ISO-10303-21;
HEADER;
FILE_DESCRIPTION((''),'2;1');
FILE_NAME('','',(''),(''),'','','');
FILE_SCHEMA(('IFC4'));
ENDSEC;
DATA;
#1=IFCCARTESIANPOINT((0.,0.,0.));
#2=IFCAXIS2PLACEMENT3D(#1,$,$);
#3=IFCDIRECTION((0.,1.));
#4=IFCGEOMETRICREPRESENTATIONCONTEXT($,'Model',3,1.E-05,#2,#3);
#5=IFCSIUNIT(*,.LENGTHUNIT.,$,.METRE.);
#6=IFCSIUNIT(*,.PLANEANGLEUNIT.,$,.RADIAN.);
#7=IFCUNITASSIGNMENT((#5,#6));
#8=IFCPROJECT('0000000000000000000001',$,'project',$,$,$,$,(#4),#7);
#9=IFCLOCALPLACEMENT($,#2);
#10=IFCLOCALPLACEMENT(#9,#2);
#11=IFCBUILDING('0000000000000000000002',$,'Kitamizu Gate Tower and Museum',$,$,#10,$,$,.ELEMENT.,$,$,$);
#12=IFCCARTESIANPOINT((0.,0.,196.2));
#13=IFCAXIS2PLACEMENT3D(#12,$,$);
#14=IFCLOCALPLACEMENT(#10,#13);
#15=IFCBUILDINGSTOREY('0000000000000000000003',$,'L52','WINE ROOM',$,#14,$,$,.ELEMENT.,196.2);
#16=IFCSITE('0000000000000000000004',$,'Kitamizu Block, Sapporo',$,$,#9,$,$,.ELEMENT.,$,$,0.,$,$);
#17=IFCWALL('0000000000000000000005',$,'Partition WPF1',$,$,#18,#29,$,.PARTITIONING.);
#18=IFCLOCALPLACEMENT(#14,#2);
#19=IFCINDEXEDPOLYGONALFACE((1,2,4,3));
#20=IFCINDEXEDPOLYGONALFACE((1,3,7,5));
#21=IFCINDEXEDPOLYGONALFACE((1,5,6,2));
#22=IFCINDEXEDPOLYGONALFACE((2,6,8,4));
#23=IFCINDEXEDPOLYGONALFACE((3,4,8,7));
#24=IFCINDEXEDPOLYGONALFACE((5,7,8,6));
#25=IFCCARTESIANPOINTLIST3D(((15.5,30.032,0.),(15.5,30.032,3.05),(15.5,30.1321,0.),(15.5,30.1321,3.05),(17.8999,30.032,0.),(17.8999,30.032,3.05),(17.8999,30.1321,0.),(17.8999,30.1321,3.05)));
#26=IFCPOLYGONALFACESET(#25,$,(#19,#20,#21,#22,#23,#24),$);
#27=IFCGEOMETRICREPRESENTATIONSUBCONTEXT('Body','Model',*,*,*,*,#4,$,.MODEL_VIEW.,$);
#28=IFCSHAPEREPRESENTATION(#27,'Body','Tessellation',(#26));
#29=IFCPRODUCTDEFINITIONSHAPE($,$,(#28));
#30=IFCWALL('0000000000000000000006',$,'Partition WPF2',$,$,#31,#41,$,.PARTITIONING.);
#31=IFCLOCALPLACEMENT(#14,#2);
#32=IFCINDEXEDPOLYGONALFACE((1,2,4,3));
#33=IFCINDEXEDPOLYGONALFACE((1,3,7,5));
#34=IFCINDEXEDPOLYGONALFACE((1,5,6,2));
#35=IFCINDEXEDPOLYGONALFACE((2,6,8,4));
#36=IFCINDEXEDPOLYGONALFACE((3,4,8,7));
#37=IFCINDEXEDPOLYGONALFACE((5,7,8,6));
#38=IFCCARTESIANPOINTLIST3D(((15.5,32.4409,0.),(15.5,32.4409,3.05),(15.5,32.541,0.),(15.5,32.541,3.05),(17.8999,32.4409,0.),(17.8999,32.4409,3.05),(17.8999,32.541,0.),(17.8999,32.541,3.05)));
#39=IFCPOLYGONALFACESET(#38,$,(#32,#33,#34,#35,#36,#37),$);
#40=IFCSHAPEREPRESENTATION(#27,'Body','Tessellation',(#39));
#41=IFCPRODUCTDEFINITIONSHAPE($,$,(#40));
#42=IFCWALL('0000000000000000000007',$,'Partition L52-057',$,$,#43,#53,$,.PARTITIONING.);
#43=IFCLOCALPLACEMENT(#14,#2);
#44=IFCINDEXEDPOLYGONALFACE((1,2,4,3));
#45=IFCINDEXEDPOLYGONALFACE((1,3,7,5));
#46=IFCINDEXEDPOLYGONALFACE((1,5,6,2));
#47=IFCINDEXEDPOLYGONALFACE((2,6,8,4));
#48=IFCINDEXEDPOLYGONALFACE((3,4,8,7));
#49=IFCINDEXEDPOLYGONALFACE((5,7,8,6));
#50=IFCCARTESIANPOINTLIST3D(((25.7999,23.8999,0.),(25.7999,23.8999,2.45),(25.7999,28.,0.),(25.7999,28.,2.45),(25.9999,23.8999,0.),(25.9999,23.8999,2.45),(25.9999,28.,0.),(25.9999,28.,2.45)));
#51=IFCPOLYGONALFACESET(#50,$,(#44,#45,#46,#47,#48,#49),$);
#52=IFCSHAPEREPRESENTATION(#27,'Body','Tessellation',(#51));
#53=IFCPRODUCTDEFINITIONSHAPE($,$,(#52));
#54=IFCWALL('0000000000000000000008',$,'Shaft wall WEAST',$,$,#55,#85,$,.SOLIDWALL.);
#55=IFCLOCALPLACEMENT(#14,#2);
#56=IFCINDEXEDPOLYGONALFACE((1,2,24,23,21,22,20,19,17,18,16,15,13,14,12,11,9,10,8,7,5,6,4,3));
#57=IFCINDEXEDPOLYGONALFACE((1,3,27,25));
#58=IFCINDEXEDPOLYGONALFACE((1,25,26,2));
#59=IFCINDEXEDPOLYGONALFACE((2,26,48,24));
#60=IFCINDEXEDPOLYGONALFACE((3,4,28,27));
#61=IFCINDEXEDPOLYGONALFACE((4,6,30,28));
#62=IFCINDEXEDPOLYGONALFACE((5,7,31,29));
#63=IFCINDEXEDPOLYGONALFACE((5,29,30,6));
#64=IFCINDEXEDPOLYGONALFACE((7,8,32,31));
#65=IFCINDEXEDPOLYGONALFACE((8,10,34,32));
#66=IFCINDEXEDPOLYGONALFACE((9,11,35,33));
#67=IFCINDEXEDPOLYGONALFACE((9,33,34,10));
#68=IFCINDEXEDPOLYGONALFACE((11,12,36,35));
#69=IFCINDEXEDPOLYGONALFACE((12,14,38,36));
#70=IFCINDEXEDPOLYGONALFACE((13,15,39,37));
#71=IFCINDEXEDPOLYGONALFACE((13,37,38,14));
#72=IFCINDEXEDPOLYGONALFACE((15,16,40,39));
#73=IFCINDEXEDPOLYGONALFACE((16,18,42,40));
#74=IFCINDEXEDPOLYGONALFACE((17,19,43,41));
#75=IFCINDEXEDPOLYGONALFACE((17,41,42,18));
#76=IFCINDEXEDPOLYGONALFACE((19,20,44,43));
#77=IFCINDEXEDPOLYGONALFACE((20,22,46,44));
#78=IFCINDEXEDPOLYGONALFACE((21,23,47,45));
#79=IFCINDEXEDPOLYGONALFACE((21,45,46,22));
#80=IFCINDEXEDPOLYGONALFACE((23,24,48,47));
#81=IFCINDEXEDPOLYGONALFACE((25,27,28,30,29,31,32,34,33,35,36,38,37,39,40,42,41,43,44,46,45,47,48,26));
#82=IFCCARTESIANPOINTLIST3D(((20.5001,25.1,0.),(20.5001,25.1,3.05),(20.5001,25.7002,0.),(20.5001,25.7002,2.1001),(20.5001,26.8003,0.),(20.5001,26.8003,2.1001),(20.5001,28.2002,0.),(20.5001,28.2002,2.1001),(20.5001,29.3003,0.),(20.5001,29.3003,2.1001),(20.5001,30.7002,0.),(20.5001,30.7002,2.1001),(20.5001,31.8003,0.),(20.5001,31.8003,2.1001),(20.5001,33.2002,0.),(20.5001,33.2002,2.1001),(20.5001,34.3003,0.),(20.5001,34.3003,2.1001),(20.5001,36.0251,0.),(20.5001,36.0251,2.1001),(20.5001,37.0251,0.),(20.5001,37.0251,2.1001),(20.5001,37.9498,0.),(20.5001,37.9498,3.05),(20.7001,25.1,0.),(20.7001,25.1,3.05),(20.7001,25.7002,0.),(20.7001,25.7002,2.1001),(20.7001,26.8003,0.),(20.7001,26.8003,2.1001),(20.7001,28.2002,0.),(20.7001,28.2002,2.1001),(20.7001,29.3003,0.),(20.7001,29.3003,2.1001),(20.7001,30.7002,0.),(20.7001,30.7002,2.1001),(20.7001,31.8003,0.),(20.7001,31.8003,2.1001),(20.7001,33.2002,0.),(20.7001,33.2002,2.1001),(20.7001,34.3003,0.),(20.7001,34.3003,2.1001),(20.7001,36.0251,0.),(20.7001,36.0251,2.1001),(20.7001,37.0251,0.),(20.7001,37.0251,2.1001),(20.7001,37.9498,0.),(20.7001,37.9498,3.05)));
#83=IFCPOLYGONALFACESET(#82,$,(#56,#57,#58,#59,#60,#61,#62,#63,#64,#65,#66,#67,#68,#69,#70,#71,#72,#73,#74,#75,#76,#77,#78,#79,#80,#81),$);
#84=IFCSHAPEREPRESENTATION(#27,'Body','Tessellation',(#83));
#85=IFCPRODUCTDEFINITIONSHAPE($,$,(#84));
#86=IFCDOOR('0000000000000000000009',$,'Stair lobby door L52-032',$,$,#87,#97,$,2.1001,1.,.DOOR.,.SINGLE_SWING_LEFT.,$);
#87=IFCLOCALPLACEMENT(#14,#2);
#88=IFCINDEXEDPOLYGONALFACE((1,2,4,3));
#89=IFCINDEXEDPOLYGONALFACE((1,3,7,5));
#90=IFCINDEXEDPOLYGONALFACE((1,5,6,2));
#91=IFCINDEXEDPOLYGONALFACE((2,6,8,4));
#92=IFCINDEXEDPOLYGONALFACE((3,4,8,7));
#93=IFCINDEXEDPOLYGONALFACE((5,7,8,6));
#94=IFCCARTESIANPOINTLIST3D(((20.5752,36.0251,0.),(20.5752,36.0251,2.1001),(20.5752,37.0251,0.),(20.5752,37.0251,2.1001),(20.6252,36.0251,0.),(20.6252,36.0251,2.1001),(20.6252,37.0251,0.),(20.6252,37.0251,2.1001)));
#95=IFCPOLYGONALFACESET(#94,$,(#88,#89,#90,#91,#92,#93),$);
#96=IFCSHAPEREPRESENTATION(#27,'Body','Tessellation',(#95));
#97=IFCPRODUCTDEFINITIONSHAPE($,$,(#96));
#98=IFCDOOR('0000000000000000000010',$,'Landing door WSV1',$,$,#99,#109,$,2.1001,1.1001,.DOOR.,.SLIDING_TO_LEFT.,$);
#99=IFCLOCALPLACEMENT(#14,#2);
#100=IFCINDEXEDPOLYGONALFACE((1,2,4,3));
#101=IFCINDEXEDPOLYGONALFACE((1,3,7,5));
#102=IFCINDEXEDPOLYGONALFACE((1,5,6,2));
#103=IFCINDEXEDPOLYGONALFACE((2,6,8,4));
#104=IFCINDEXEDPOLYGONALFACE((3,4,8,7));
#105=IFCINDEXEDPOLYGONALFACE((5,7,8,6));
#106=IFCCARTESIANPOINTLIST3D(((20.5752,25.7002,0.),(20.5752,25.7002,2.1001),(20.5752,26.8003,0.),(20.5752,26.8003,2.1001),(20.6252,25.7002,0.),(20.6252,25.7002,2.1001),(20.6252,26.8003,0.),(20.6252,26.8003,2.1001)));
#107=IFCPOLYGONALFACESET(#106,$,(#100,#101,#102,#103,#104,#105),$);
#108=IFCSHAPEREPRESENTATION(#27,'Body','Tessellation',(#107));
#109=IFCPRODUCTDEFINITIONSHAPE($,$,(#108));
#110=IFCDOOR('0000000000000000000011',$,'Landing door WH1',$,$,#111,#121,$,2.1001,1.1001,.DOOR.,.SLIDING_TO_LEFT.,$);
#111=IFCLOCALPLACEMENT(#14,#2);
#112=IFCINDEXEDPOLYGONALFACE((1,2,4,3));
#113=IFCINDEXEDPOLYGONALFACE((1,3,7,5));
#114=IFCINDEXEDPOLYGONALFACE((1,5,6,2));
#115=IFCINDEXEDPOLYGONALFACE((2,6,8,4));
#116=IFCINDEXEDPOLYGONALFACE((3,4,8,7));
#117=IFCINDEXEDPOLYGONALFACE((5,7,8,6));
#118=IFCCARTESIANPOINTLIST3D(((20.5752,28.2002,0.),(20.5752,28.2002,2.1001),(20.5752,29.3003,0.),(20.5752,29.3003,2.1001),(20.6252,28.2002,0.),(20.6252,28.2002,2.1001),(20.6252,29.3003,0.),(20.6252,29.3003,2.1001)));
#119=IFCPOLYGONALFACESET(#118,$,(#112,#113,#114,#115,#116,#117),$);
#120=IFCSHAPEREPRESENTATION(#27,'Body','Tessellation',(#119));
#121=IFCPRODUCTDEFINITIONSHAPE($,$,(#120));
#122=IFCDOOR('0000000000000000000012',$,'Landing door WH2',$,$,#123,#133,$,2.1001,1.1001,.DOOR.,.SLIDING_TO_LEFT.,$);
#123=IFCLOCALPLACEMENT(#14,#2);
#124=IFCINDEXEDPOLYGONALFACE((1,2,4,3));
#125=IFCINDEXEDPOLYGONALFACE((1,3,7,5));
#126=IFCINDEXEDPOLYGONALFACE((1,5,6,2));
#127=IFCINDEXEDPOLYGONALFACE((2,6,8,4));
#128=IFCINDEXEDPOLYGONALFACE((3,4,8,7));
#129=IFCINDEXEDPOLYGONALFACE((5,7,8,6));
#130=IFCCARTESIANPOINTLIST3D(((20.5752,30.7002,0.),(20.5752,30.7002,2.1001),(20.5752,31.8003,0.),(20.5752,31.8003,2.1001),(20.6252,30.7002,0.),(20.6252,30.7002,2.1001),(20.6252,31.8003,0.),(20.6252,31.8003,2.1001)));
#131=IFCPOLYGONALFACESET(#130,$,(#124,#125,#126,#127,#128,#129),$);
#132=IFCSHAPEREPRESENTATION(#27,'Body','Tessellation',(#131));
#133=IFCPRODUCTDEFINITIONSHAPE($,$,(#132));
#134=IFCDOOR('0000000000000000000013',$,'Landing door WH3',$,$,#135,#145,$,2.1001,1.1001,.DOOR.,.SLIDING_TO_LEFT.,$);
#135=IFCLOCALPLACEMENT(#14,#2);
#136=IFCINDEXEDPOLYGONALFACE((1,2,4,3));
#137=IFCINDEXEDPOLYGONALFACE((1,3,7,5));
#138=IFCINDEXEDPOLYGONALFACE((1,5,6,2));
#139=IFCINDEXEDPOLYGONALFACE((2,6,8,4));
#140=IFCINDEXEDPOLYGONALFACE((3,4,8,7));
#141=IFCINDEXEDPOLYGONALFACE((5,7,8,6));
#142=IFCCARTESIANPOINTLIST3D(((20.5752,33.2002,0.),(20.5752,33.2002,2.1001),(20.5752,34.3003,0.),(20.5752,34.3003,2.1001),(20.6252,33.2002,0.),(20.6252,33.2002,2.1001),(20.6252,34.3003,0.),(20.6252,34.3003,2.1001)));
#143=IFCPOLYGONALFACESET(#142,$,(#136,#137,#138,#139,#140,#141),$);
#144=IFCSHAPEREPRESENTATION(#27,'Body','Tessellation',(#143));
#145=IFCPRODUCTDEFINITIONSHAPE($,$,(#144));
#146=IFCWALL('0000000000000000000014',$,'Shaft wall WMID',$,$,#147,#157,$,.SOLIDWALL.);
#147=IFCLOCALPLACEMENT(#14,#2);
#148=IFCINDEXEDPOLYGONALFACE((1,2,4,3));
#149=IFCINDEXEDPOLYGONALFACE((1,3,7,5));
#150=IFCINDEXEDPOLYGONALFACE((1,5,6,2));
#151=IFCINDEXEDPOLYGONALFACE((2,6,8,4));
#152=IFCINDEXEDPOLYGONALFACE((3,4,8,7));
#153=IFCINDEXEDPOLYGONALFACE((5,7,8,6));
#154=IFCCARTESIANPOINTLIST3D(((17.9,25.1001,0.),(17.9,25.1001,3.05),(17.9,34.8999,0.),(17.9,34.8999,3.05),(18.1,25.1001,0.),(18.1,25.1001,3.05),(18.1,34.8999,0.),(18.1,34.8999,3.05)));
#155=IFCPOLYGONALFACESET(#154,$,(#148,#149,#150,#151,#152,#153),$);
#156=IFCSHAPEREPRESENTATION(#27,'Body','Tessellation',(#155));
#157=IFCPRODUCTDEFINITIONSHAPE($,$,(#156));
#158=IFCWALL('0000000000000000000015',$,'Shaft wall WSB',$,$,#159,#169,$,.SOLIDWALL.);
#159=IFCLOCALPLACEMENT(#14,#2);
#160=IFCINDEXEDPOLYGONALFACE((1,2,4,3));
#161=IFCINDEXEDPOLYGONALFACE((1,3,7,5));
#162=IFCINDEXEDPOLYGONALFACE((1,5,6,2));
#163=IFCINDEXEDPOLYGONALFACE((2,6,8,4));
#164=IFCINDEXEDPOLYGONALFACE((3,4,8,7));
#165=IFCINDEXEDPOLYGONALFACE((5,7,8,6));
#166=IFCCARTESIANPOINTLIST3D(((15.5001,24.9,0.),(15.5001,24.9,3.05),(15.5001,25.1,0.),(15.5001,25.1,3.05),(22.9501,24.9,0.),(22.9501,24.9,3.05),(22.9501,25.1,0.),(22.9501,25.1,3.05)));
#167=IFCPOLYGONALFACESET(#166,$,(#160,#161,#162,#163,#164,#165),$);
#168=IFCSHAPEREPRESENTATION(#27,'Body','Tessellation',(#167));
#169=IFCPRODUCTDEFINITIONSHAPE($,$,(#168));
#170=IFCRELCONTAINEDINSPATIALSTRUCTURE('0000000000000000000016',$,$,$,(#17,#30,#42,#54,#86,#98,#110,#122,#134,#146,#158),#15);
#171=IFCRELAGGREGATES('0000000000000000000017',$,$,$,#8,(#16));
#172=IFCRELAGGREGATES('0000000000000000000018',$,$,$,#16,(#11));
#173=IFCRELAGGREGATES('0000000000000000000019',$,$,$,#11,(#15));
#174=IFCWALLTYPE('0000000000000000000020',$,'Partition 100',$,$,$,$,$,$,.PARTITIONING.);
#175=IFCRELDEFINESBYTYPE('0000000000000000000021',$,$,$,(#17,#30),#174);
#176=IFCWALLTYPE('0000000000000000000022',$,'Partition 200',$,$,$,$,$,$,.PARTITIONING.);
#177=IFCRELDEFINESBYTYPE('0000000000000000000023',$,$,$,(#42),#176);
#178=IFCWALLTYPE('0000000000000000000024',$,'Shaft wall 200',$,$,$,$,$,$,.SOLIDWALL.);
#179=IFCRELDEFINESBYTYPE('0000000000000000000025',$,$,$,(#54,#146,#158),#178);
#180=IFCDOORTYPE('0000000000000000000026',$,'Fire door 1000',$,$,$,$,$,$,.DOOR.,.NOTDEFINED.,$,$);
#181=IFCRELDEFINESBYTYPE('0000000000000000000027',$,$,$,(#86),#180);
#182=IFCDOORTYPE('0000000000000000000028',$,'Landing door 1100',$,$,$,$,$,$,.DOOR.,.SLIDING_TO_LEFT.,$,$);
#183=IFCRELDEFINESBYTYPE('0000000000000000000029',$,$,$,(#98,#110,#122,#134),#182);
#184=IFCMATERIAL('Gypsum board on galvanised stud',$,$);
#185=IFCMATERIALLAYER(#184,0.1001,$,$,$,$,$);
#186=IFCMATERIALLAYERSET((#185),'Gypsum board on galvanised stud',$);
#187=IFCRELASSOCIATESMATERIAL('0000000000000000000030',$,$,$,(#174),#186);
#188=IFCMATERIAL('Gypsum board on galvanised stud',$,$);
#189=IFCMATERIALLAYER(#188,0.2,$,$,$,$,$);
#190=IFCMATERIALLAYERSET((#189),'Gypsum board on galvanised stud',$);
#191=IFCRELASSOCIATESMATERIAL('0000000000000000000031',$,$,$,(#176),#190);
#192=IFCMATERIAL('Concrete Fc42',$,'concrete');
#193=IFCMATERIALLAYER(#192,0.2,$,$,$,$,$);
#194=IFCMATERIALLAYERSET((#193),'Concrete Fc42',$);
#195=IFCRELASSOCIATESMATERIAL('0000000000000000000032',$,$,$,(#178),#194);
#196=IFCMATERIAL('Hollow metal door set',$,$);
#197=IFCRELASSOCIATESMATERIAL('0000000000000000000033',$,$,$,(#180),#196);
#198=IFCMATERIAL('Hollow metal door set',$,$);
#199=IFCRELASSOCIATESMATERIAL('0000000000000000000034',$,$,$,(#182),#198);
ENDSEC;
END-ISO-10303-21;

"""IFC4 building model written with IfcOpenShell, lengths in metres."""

from ifc_helpers import new_model, si_unit, direction, frame, frame_2d, origin, place, context, subcontext, project, spatial, rectangle, extrude, material, layer, layer_set, type_object, element, fill, save


model = new_model("IFC4")

# Units and contexts
model_context = context("Model", 3, precision=1e-05, world=origin(), true_north=direction((0.0, 1.0)))
body_context = subcontext(model_context, "Body", "Model", "MODEL_VIEW")
ifc_project = project(units=[si_unit("LENGTHUNIT", "METRE"), si_unit("PLANEANGLEUNIT", "RADIAN")], contexts=[model_context])

# Site, building, storey
site_placement = place(None, origin())
site = spatial("IfcSite", under=ifc_project, at=site_placement, Name="Kitamizu Block, Sapporo", CompositionType="ELEMENT", RefElevation=0.0)
building_placement = place(site_placement, origin())
building = spatial("IfcBuilding", under=site, at=building_placement, Name="Kitamizu Gate Tower and Museum", CompositionType="ELEMENT")
storey_placement = place(building_placement, frame((0.0, 0.0, 196.2)))
storey = spatial("IfcBuildingStorey", under=building, at=storey_placement, Name="L52", Description="WINE ROOM", CompositionType="ELEMENT", Elevation=196.2)

# Walls
ifc_material_1 = material(Name="Gypsum board on galvanised stud")
ifc_layer_1 = layer(ifc_material_1, 0.1001)
ifc_layer_set_1 = layer_set([ifc_layer_1], Name="Gypsum board on galvanised stud")
wall_type_1 = type_object("IfcWallType", Name="Partition 100", PredefinedType="PARTITIONING", material=ifc_layer_set_1)
for number, where, z_axis, x_axis, name in (
    (1, (15.5, 30.082, 0.0), (0.0, 0.0, 1.0), (1.0, 0.0, 0.0), "Partition WPF1"),
    (2, (15.5, 32.491, 0.0), (0.0, 0.0, 1.0), (1.0, 0.0, 0.0), "Partition WPF2"),
):
    element("IfcWall", number, at=place(storey_placement, frame(where, z_axis=z_axis, x_axis=x_axis)), inside=storey, type_object=wall_type_1, Name=name, PredefinedType="PARTITIONING", context=body_context, shape_type="SweptSolid", body=[
        extrude(rectangle(XDim=2.3999, YDim=0.1001, at=frame_2d((1.2, 0.0))), origin(), (0.0, 0.0, 1.0), 3.05),
    ])
ifc_material_2 = material(Name="Gypsum board on galvanised stud")
ifc_layer_2 = layer(ifc_material_2, 0.2)
ifc_layer_set_2 = layer_set([ifc_layer_2], Name="Gypsum board on galvanised stud")
wall_type_2 = type_object("IfcWallType", Name="Partition 200", PredefinedType="PARTITIONING", material=ifc_layer_set_2)
wall_1_placement = place(storey_placement, frame((25.8999, 28.0, 0.0), z_axis=(0.0, 0.0, 1.0), x_axis=(0.0, -1.0, 0.0)))
element("IfcWall", 3, at=wall_1_placement, inside=storey, type_object=wall_type_2, Name="Partition L52-057", PredefinedType="PARTITIONING", context=body_context, shape_type="SweptSolid", body=[
    extrude(rectangle(XDim=4.1001, YDim=0.2, at=frame_2d((2.05, 0.0))), origin(), (0.0, 0.0, 1.0), 2.45),
])

# Wall, openings, doors
ifc_material_3 = material(Name="Concrete Fc42", Category="concrete")
ifc_layer_3 = layer(ifc_material_3, 0.2)
ifc_layer_set_3 = layer_set([ifc_layer_3], Name="Concrete Fc42")
wall_type_3 = type_object("IfcWallType", Name="Shaft wall 200", PredefinedType="SOLIDWALL", material=ifc_layer_set_3)
wall_2_placement = place(storey_placement, frame((20.6001, 25.1001, 0.0), z_axis=(0.0, 0.0, 1.0), x_axis=(0.0, 1.0, 0.0)))
wall_2 = element("IfcWall", 4, at=wall_2_placement, inside=storey, type_object=wall_type_3, Name="Shaft wall WEAST", PredefinedType="SOLIDWALL", context=body_context, shape_type="SweptSolid", body=[
    extrude(rectangle(XDim=12.8499, YDim=0.2, at=frame_2d((6.4248, 0.0))), origin(), (0.0, 0.0, 1.0), 3.05),
])
opening_1_placement = place(wall_2_placement, frame((0.6001, 0.0, 0.0)))
opening_1 = element("IfcOpeningElement", 5, at=opening_1_placement, cuts=wall_2, PredefinedType="OPENING", context=body_context, shape_type="SweptSolid", body=[
    extrude(rectangle(XDim=1.1001, YDim=2.1001, at=frame_2d((0.55, 1.05))), frame((0.0, 0.1099, 0.0), z_axis=(0.0, -1.0, 0.0), x_axis=(1.0, 0.0, 0.0)), (0.0, 0.0, 1.0), 0.22),
])
opening_2_placement = place(wall_2_placement, frame((3.1001, 0.0, 0.0)))
opening_2 = element("IfcOpeningElement", 6, at=opening_2_placement, cuts=wall_2, PredefinedType="OPENING", context=body_context, shape_type="SweptSolid", body=[
    extrude(rectangle(XDim=1.1001, YDim=2.1001, at=frame_2d((0.55, 1.05))), frame((0.0, 0.1099, 0.0), z_axis=(0.0, -1.0, 0.0), x_axis=(1.0, 0.0, 0.0)), (0.0, 0.0, 1.0), 0.22),
])
opening_3_placement = place(wall_2_placement, frame((5.6001, 0.0, 0.0)))
opening_3 = element("IfcOpeningElement", 7, at=opening_3_placement, cuts=wall_2, PredefinedType="OPENING", context=body_context, shape_type="SweptSolid", body=[
    extrude(rectangle(XDim=1.1001, YDim=2.1001, at=frame_2d((0.55, 1.05))), frame((0.0, 0.1099, 0.0), z_axis=(0.0, -1.0, 0.0), x_axis=(1.0, 0.0, 0.0)), (0.0, 0.0, 1.0), 0.22),
])
opening_4_placement = place(wall_2_placement, frame((8.1001, 0.0, 0.0)))
opening_4 = element("IfcOpeningElement", 8, at=opening_4_placement, cuts=wall_2, PredefinedType="OPENING", context=body_context, shape_type="SweptSolid", body=[
    extrude(rectangle(XDim=1.1001, YDim=2.1001, at=frame_2d((0.55, 1.05))), frame((0.0, 0.1099, 0.0), z_axis=(0.0, -1.0, 0.0), x_axis=(1.0, 0.0, 0.0)), (0.0, 0.0, 1.0), 0.22),
])
opening_5_placement = place(wall_2_placement, frame((10.925, 0.0, 0.0)))
opening_5 = element("IfcOpeningElement", 9, at=opening_5_placement, cuts=wall_2, PredefinedType="OPENING", context=body_context, shape_type="SweptSolid", body=[
    extrude(rectangle(XDim=1.0, YDim=2.1001, at=frame_2d((0.5, 1.05))), frame((0.0, 0.1099, 0.0), z_axis=(0.0, -1.0, 0.0), x_axis=(1.0, 0.0, 0.0)), (0.0, 0.0, 1.0), 0.22),
])
ifc_material_4 = material(Name="Hollow metal door set")
door_type_1 = type_object("IfcDoorType", Name="Fire door 1000", OperationType="NOTDEFINED", PredefinedType="DOOR", material=ifc_material_4)
door_1_placement = place(opening_5_placement, origin())
door_1 = element("IfcDoor", 10, at=door_1_placement, inside=storey, type_object=door_type_1, Name="Stair lobby door L52-032", OperationType="SINGLE_SWING_LEFT", OverallHeight=2.1001, OverallWidth=1.0, PredefinedType="DOOR", context=body_context, shape_type="SweptSolid", body=[
    extrude(rectangle(XDim=1.0, YDim=2.1001, at=frame_2d((0.5, 1.05))), frame((0.0, 0.0249, 0.0), z_axis=(0.0, -1.0, 0.0), x_axis=(1.0, 0.0, 0.0)), (0.0, 0.0, 1.0), 0.05),
])
fill(opening_5, door_1)
ifc_material_5 = material(Name="Hollow metal door set")
door_type_2 = type_object("IfcDoorType", Name="Landing door 1100", OperationType="SLIDING_TO_LEFT", PredefinedType="DOOR", material=ifc_material_5)
door_2_placement = place(opening_1_placement, origin())
door_2 = element("IfcDoor", 11, at=door_2_placement, inside=storey, type_object=door_type_2, Name="Landing door WSV1", OperationType="SLIDING_TO_LEFT", OverallHeight=2.1001, OverallWidth=1.1001, PredefinedType="DOOR", context=body_context, shape_type="SweptSolid", body=[
    extrude(rectangle(XDim=1.1001, YDim=2.1001, at=frame_2d((0.55, 1.05))), frame((0.0, 0.0249, 0.0), z_axis=(0.0, -1.0, 0.0), x_axis=(1.0, 0.0, 0.0)), (0.0, 0.0, 1.0), 0.05),
])
fill(opening_1, door_2)
door_3_placement = place(opening_2_placement, origin())
door_3 = element("IfcDoor", 12, at=door_3_placement, inside=storey, type_object=door_type_2, Name="Landing door WH1", OperationType="SLIDING_TO_LEFT", OverallHeight=2.1001, OverallWidth=1.1001, PredefinedType="DOOR", context=body_context, shape_type="SweptSolid", body=[
    extrude(rectangle(XDim=1.1001, YDim=2.1001, at=frame_2d((0.55, 1.05))), frame((0.0, 0.0249, 0.0), z_axis=(0.0, -1.0, 0.0), x_axis=(1.0, 0.0, 0.0)), (0.0, 0.0, 1.0), 0.05),
])
fill(opening_2, door_3)
door_4_placement = place(opening_3_placement, origin())
door_4 = element("IfcDoor", 13, at=door_4_placement, inside=storey, type_object=door_type_2, Name="Landing door WH2", OperationType="SLIDING_TO_LEFT", OverallHeight=2.1001, OverallWidth=1.1001, PredefinedType="DOOR", context=body_context, shape_type="SweptSolid", body=[
    extrude(rectangle(XDim=1.1001, YDim=2.1001, at=frame_2d((0.55, 1.05))), frame((0.0, 0.0249, 0.0), z_axis=(0.0, -1.0, 0.0), x_axis=(1.0, 0.0, 0.0)), (0.0, 0.0, 1.0), 0.05),
])
fill(opening_3, door_4)
door_5_placement = place(opening_4_placement, origin())
door_5 = element("IfcDoor", 14, at=door_5_placement, inside=storey, type_object=door_type_2, Name="Landing door WH3", OperationType="SLIDING_TO_LEFT", OverallHeight=2.1001, OverallWidth=1.1001, PredefinedType="DOOR", context=body_context, shape_type="SweptSolid", body=[
    extrude(rectangle(XDim=1.1001, YDim=2.1001, at=frame_2d((0.55, 1.05))), frame((0.0, 0.0249, 0.0), z_axis=(0.0, -1.0, 0.0), x_axis=(1.0, 0.0, 0.0)), (0.0, 0.0, 1.0), 0.05),
])
fill(opening_4, door_5)

# Walls
wall_3_placement = place(storey_placement, frame((18.0, 25.1001, 0.0), z_axis=(0.0, 0.0, 1.0), x_axis=(0.0, 1.0, 0.0)))
element("IfcWall", 15, at=wall_3_placement, inside=storey, type_object=wall_type_3, Name="Shaft wall WMID", PredefinedType="SOLIDWALL", context=body_context, shape_type="SweptSolid", body=[
    extrude(rectangle(XDim=9.7998, YDim=0.2, at=frame_2d((4.8999, 0.0))), origin(), (0.0, 0.0, 1.0), 3.05),
])
wall_4_placement = place(storey_placement, frame((15.5, 25.0, 0.0), z_axis=(0.0, 0.0, 1.0), x_axis=(1.0, 0.0, 0.0)))
element("IfcWall", 16, at=wall_4_placement, inside=storey, type_object=wall_type_3, Name="Shaft wall WSB", PredefinedType="SOLIDWALL", context=body_context, shape_type="SweptSolid", body=[
    extrude(rectangle(XDim=7.45, YDim=0.2, at=frame_2d((3.7251, 0.0))), origin(), (0.0, 0.0, 1.0), 3.05),
])

save(model, "model.ifc")
